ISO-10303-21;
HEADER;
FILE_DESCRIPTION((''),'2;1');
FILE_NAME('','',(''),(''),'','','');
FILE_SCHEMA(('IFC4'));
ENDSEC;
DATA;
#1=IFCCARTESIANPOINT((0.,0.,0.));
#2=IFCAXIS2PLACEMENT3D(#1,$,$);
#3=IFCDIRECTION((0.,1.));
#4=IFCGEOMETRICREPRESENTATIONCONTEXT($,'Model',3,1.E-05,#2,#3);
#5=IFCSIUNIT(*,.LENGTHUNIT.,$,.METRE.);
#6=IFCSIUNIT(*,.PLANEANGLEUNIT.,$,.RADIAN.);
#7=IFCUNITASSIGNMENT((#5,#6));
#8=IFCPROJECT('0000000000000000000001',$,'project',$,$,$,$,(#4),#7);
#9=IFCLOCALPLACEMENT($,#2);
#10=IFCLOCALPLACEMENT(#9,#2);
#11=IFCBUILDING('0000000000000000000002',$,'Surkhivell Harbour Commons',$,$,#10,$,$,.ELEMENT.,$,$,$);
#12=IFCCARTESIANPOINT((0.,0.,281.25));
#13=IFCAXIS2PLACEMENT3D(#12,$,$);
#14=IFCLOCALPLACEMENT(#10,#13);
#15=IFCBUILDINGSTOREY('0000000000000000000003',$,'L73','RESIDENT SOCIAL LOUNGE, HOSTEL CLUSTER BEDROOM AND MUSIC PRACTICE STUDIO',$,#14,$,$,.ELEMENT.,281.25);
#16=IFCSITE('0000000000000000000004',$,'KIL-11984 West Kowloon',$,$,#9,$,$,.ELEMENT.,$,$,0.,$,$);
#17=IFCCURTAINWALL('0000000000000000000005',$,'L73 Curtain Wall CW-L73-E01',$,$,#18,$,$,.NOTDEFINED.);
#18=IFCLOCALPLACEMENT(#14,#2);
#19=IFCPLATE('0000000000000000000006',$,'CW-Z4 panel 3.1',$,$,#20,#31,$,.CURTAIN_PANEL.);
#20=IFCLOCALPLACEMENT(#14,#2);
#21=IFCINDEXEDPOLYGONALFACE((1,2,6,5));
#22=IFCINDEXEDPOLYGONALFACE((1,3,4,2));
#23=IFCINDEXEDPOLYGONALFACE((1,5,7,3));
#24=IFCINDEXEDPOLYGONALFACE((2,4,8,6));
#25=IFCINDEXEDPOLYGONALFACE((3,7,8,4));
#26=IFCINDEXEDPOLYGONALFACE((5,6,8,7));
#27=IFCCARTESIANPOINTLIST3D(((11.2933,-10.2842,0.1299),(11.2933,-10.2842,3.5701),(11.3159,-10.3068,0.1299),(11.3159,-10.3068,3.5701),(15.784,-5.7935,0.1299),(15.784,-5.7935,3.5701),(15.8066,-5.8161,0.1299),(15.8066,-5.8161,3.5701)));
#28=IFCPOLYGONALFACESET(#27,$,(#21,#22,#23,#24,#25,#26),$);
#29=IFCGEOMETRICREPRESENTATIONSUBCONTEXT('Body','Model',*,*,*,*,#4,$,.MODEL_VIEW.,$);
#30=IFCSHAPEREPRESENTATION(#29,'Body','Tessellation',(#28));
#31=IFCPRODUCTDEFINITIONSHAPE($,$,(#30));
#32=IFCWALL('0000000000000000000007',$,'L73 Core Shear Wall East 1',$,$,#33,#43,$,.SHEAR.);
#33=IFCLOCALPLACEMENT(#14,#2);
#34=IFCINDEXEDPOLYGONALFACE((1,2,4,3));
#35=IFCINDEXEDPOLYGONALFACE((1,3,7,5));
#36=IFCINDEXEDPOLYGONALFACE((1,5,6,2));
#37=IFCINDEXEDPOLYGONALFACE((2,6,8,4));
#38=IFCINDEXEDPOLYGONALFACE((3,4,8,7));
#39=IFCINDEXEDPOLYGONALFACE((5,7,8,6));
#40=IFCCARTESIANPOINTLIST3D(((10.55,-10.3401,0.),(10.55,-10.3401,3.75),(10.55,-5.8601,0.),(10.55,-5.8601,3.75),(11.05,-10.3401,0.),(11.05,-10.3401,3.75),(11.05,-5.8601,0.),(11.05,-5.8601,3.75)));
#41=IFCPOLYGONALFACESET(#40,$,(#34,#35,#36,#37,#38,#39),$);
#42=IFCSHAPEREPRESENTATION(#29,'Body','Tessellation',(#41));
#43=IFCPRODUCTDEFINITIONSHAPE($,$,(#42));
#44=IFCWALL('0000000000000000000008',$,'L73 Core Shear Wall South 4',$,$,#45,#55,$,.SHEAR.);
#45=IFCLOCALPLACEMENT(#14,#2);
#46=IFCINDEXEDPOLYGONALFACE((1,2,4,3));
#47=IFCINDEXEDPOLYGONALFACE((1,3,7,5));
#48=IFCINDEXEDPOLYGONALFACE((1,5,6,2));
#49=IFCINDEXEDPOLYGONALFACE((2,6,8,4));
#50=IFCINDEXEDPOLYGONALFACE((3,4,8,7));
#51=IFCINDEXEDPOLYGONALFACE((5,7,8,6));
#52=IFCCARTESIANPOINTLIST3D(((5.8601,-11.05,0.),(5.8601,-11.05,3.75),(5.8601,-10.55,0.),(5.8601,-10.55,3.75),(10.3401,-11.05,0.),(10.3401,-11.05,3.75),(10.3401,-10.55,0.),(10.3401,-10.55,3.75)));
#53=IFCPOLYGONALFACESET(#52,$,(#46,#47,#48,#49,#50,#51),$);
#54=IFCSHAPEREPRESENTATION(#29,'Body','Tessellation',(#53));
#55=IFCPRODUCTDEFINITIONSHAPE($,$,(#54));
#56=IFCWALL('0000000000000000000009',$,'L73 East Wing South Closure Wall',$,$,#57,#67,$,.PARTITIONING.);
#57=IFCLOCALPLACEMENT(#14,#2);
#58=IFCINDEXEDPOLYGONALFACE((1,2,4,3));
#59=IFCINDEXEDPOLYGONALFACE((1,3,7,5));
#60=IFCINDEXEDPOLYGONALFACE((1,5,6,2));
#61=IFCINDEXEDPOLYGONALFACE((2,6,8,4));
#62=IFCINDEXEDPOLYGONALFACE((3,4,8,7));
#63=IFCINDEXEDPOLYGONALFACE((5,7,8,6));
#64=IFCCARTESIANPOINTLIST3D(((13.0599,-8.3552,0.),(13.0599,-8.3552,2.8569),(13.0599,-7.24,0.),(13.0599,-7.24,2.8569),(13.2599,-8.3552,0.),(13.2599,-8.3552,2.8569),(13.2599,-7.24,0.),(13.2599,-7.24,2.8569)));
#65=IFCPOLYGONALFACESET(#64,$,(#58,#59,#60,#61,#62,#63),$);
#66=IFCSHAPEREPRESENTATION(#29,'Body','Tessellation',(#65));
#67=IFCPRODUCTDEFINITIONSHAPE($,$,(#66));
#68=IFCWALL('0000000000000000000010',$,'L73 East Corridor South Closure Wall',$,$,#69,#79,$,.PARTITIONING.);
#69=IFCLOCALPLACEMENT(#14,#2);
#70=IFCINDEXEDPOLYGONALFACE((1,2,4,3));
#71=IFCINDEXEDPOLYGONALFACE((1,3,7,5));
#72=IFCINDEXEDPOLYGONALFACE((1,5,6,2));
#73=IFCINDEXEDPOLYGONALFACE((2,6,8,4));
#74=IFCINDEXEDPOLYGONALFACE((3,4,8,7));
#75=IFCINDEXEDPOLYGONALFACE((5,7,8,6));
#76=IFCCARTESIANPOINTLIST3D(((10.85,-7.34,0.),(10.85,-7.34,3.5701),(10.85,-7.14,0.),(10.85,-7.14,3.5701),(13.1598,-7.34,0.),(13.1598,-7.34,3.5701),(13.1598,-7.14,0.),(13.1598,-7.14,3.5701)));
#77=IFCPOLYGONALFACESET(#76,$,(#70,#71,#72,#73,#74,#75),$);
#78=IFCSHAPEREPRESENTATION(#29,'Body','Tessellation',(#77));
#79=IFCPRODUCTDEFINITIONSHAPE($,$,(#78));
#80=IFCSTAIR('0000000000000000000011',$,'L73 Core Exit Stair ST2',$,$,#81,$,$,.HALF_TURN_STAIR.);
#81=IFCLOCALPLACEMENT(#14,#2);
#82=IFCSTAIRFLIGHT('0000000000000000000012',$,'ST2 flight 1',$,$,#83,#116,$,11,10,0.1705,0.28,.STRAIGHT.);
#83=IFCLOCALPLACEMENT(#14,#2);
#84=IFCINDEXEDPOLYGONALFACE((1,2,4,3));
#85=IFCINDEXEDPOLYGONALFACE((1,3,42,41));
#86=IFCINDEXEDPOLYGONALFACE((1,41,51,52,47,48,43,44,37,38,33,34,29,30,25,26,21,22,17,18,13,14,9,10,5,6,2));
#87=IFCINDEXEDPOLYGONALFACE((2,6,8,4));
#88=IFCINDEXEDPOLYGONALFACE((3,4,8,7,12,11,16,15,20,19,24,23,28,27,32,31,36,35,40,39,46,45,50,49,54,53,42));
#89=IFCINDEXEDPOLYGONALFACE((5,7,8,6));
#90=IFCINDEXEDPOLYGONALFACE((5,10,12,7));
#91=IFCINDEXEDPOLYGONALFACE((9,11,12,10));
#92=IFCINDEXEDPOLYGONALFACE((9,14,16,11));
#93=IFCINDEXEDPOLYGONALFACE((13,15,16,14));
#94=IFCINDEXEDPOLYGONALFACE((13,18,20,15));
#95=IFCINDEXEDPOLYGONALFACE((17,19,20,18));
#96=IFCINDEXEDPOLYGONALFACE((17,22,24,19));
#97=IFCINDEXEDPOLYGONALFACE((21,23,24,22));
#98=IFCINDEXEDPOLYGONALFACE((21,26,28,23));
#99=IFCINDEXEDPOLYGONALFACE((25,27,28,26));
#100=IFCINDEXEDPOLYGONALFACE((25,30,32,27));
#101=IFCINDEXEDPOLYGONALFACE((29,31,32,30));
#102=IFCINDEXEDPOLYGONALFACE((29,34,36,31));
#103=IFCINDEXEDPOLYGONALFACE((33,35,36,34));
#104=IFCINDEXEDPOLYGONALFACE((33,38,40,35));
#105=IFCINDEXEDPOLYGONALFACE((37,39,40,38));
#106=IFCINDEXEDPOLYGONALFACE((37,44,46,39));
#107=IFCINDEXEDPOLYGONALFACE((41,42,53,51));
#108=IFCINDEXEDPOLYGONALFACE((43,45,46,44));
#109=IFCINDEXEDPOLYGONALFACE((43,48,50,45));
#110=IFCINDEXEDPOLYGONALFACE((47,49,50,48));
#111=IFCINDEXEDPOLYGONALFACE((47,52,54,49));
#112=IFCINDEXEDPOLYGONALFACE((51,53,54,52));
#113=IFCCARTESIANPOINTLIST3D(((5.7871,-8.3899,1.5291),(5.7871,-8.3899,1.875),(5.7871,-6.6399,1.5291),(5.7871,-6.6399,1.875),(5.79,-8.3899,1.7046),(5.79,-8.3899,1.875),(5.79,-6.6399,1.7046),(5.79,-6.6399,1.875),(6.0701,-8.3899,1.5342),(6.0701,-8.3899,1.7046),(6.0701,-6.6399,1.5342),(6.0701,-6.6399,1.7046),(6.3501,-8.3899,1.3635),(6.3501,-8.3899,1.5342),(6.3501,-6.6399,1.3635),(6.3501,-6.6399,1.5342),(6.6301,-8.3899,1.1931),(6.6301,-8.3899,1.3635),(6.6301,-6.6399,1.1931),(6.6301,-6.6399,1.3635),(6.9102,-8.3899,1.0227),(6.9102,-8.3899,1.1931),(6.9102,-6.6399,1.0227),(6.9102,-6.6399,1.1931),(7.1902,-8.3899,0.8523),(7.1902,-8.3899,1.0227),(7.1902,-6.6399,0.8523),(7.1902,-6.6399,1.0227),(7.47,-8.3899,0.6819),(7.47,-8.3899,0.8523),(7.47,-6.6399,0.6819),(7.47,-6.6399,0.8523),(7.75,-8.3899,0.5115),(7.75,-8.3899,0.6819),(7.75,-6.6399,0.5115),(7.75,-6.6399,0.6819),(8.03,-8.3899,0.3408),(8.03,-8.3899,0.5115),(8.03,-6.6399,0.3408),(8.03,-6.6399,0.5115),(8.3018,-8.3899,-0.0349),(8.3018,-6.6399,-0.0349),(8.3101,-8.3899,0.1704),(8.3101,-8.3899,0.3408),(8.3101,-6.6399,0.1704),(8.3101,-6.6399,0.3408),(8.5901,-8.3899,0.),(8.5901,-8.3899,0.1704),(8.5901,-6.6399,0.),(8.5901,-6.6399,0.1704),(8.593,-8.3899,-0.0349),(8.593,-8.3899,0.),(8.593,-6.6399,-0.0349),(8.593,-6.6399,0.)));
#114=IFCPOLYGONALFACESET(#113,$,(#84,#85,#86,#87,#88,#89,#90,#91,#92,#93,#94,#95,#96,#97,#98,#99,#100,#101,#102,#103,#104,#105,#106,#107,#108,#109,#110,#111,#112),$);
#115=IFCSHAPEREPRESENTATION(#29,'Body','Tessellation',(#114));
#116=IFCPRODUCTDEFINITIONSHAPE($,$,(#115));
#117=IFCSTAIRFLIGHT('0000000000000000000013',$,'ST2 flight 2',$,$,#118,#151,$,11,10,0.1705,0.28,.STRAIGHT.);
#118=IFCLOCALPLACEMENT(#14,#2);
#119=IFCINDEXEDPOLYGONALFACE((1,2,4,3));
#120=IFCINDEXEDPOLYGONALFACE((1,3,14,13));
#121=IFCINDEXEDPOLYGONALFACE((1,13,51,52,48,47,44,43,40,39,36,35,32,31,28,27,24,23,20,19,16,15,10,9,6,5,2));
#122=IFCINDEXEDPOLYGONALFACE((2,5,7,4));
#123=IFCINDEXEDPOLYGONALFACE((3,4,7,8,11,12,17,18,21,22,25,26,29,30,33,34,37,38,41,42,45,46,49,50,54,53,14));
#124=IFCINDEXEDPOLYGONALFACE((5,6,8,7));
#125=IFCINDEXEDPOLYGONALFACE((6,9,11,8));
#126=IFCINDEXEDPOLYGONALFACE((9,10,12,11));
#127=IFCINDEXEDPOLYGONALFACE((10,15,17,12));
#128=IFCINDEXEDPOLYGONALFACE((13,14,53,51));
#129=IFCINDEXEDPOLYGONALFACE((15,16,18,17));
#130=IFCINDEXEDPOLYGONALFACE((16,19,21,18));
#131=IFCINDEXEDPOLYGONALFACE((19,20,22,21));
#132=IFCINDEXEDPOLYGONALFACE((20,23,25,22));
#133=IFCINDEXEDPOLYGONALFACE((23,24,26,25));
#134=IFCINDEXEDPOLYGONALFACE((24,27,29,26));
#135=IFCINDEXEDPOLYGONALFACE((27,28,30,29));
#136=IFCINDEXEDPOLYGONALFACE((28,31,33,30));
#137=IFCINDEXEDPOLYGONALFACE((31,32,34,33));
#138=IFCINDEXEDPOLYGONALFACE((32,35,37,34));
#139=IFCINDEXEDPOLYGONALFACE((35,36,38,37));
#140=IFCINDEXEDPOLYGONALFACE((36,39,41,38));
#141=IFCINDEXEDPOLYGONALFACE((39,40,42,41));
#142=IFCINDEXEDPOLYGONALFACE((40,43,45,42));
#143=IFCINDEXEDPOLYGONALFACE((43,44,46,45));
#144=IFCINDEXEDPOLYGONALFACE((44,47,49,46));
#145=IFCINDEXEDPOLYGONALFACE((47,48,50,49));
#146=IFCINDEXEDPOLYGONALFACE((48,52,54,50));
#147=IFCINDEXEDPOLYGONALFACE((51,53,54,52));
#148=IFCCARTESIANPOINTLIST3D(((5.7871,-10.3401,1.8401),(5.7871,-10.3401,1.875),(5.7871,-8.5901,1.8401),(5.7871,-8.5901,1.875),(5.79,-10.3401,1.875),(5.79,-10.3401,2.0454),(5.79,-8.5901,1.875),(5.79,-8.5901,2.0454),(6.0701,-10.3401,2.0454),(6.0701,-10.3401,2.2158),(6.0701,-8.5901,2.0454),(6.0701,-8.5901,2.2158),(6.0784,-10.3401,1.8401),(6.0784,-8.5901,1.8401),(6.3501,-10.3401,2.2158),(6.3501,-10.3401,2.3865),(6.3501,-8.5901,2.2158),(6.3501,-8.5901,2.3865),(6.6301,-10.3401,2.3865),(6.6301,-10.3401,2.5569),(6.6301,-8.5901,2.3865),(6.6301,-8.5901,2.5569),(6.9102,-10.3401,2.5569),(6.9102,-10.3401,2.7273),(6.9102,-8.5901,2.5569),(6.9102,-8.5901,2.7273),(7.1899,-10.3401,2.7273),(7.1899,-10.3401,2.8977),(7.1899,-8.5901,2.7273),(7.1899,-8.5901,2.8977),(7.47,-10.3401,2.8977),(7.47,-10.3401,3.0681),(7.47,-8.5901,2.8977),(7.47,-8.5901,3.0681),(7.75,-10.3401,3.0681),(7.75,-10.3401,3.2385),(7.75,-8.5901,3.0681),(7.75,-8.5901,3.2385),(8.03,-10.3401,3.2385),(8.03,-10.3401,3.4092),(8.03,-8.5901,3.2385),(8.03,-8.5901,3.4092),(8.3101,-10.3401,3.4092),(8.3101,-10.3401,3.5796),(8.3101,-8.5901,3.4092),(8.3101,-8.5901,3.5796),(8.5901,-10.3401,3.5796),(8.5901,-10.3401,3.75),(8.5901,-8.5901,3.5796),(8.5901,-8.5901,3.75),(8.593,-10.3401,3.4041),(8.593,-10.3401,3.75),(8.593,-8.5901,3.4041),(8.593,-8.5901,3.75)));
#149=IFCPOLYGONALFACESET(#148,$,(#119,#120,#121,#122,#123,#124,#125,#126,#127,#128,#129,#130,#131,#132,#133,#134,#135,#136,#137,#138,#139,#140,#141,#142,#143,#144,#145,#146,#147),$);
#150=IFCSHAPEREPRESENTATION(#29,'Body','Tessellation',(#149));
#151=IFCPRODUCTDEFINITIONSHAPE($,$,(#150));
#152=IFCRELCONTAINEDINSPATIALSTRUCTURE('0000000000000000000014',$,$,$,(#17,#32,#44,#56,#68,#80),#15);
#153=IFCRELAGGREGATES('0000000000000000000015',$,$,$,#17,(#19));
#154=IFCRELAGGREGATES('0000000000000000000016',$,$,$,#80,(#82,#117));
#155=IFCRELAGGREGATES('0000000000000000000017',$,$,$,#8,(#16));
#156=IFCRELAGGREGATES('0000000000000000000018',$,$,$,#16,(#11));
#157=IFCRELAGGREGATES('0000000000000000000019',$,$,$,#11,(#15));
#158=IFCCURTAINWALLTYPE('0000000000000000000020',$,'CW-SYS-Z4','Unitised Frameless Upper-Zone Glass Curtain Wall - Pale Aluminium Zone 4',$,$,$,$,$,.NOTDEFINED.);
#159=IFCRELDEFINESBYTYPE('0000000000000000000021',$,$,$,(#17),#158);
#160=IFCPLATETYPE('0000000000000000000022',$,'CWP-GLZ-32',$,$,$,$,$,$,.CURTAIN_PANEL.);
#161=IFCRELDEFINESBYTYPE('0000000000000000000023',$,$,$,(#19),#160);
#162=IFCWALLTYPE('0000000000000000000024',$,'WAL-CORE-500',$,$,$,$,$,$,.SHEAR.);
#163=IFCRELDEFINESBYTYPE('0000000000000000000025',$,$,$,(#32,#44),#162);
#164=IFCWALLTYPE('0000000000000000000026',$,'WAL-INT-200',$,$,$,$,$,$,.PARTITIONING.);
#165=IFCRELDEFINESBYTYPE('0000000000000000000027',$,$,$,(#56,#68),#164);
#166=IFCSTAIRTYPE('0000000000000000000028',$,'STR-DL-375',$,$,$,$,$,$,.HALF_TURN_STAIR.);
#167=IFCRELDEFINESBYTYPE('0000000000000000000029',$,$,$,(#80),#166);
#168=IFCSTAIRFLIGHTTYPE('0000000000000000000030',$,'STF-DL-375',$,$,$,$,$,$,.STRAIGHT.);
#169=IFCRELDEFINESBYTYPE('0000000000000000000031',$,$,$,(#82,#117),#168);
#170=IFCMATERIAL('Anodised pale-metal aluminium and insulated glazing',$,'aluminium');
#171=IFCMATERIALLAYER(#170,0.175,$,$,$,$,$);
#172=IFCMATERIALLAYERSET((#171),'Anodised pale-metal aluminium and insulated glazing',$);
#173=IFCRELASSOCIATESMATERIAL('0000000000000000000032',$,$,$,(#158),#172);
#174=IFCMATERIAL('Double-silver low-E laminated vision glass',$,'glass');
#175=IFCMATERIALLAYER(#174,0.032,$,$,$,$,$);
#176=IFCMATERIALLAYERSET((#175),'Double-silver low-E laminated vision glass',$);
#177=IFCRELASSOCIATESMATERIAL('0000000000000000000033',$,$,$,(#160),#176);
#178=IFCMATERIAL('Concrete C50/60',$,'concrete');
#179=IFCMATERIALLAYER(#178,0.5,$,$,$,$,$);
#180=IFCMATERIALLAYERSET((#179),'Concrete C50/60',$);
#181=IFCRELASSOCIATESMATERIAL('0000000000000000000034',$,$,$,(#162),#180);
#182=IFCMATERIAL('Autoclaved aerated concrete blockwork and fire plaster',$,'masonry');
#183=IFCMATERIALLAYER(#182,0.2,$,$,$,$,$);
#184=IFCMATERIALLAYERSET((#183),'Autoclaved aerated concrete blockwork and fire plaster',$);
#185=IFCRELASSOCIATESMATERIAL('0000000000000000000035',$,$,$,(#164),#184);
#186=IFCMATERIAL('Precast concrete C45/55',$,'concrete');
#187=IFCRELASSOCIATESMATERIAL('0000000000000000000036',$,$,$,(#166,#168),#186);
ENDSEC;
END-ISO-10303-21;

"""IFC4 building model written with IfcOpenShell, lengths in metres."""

from ifc_helpers import new_model, si_unit, direction, frame, frame_2d, origin, place, context, subcontext, project, spatial, polyline, rectangle, outline, extrude, material, layer, layer_set, type_object, element, aggregate, save


model = new_model("IFC4")

# Units and contexts
model_context = context("Model", 3, precision=1e-05, world=origin(), true_north=direction((0.0, 1.0)))
body_context = subcontext(model_context, "Body", "Model", "MODEL_VIEW")
ifc_project = project(units=[si_unit("LENGTHUNIT", "METRE"), si_unit("PLANEANGLEUNIT", "RADIAN")], contexts=[model_context])

# Site, building, storey
site_placement = place(None, origin())
site = spatial("IfcSite", under=ifc_project, at=site_placement, Name="KIL-11984 West Kowloon", CompositionType="ELEMENT", RefElevation=0.0)
building_placement = place(site_placement, origin())
building = spatial("IfcBuilding", under=site, at=building_placement, Name="Surkhivell Harbour Commons", CompositionType="ELEMENT")
storey_placement = place(building_placement, frame((0.0, 0.0, 281.25)))
storey = spatial("IfcBuildingStorey", under=building, at=storey_placement, Name="L73", Description="RESIDENT SOCIAL LOUNGE, HOSTEL CLUSTER BEDROOM AND MUSIC PRACTICE STUDIO", CompositionType="ELEMENT", Elevation=281.25)

# Curtain wall, plate
ifc_material_1 = material(Name="Anodised pale-metal aluminium and insulated glazing", Category="aluminium")
ifc_layer_1 = layer(ifc_material_1, 0.175)
ifc_layer_set_1 = layer_set([ifc_layer_1], Name="Anodised pale-metal aluminium and insulated glazing")
curtain_wall_type = type_object("IfcCurtainWallType", Name="CW-SYS-Z4", Description="Unitised Frameless Upper-Zone Glass Curtain Wall - Pale Aluminium Zone 4", PredefinedType="NOTDEFINED", material=ifc_layer_set_1)
curtain_wall_placement = place(storey_placement, origin())
curtain_wall = element("IfcCurtainWall", 1, at=curtain_wall_placement, inside=storey, type_object=curtain_wall_type, Name="L73 Curtain Wall CW-L73-E01", PredefinedType="NOTDEFINED")
ifc_material_2 = material(Name="Double-silver low-E laminated vision glass", Category="glass")
ifc_layer_2 = layer(ifc_material_2, 0.032)
ifc_layer_set_2 = layer_set([ifc_layer_2], Name="Double-silver low-E laminated vision glass")
plate_type = type_object("IfcPlateType", Name="CWP-GLZ-32", PredefinedType="CURTAIN_PANEL", material=ifc_layer_set_2)
plate_1_placement = place(storey_placement, frame((11.3047, -10.2954, 0.1299), z_axis=(0.0, 0.0, 1.0), x_axis=(0.707107, 0.707107, 0.0)))
plate_1 = element("IfcPlate", 2, at=plate_1_placement, type_object=plate_type, Name="CW-Z4 panel 3.1", PredefinedType="CURTAIN_PANEL", context=body_context, shape_type="SweptSolid", body=[
    extrude(rectangle(XDim=6.3508, YDim=0.032, at=frame_2d((3.1753, 0.0))), origin(), (0.0, 0.0, 1.0), 3.4402),
])
aggregate(curtain_wall, [plate_1])

# Walls
ifc_material_3 = material(Name="Concrete C50/60", Category="concrete")
ifc_layer_3 = layer(ifc_material_3, 0.5)
ifc_layer_set_3 = layer_set([ifc_layer_3], Name="Concrete C50/60")
wall_type_1 = type_object("IfcWallType", Name="WAL-CORE-500", PredefinedType="SHEAR", material=ifc_layer_set_3)
for number, where, z_axis, x_axis, name in (
    (3, (10.8, -10.3401, 0.0), (0.0, 0.0, 1.0), (0.0, 1.0, 0.0), "L73 Core Shear Wall East 1"),
    (4, (5.8601, -10.8, 0.0), (0.0, 0.0, 1.0), (1.0, 0.0, 0.0), "L73 Core Shear Wall South 4"),
):
    element("IfcWall", number, at=place(storey_placement, frame(where, z_axis=z_axis, x_axis=x_axis)), inside=storey, type_object=wall_type_1, Name=name, PredefinedType="SHEAR", context=body_context, shape_type="SweptSolid", body=[
        extrude(rectangle(XDim=4.48, YDim=0.5, at=frame_2d((2.24, 0.0))), origin(), (0.0, 0.0, 1.0), 3.75),
    ])
ifc_material_4 = material(Name="Autoclaved aerated concrete blockwork and fire plaster", Category="masonry")
ifc_layer_4 = layer(ifc_material_4, 0.2)
ifc_layer_set_4 = layer_set([ifc_layer_4], Name="Autoclaved aerated concrete blockwork and fire plaster")
wall_type_2 = type_object("IfcWallType", Name="WAL-INT-200", PredefinedType="PARTITIONING", material=ifc_layer_set_4)
wall_1_placement = place(storey_placement, frame((13.1599, -8.3552, 0.0), z_axis=(0.0, 0.0, 1.0), x_axis=(0.0, 1.0, 0.0)))
element("IfcWall", 5, at=wall_1_placement, inside=storey, type_object=wall_type_2, Name="L73 East Wing South Closure Wall", PredefinedType="PARTITIONING", context=body_context, shape_type="SweptSolid", body=[
    extrude(rectangle(XDim=1.1152, YDim=0.2, at=frame_2d((0.5576, 0.0))), origin(), (0.0, 0.0, 1.0), 2.8569),
])
wall_2_placement = place(storey_placement, frame((10.8501, -7.24, 0.0), z_axis=(0.0, 0.0, 1.0), x_axis=(1.0, 0.0, 0.0)))
element("IfcWall", 6, at=wall_2_placement, inside=storey, type_object=wall_type_2, Name="L73 East Corridor South Closure Wall", PredefinedType="PARTITIONING", context=body_context, shape_type="SweptSolid", body=[
    extrude(rectangle(XDim=2.3098, YDim=0.2, at=frame_2d((1.1548, 0.0))), origin(), (0.0, 0.0, 1.0), 3.5701),
])

# Stair, stair flights
ifc_material_5 = material(Name="Precast concrete C45/55", Category="concrete")
stair_type = type_object("IfcStairType", Name="STR-DL-375", PredefinedType="HALF_TURN_STAIR", material=ifc_material_5)
stair_placement = place(storey_placement, origin())
stair = element("IfcStair", 7, at=stair_placement, inside=storey, type_object=stair_type, Name="L73 Core Exit Stair ST2", PredefinedType="HALF_TURN_STAIR")
stair_flight_type = type_object("IfcStairFlightType", Name="STF-DL-375", PredefinedType="STRAIGHT", material=ifc_material_5)
stair_flight_1_placement = place(storey_placement, frame((8.5901, -7.5149, 0.0), z_axis=(0.0, 0.0, 1.0), x_axis=(-1.0, 0.0, 0.0)))
stair_flight_1 = element("IfcStairFlight", 8, at=stair_flight_1_placement, type_object=stair_flight_type, Name="ST2 flight 1", NumberOfRisers=11, NumberOfTreads=10, PredefinedType="STRAIGHT", RiserHeight=0.1705, TreadLength=0.28, context=body_context, shape_type="SweptSolid", body=[
    extrude(outline(polyline([(-0.0029, -0.0349), (-0.0029, 0.0), (0.0, 0.0), (0.0, 0.1704), (0.28, 0.1704), (0.28, 0.3408), (0.5601, 0.3408), (0.5601, 0.5115), (0.8401, 0.5115), (0.8401, 0.6819), (1.1201, 0.6819), (1.1201, 0.8523), (1.3999, 0.8523), (1.3999, 1.0227), (1.6799, 1.0227), (1.6799, 1.1931), (1.96, 1.1931), (1.96, 1.3635), (2.24, 1.3635), (2.24, 1.5342), (2.52, 1.5342), (2.52, 1.7046), (2.8, 1.7046), (2.8, 1.875), (2.803, 1.875), (2.803, 1.5291), (0.2883, -0.0349), (-0.0029, -0.0349)])), frame((0.0, 0.875, 0.0), z_axis=(0.0, -1.0, 0.0), x_axis=(1.0, 0.0, 0.0)), (0.0, 0.0, 1.0), 1.75),
])
stair_flight_2_placement = place(storey_placement, frame((5.79, -9.4651, 1.875), z_axis=(0.0, 0.0, 1.0), x_axis=(1.0, 0.0, 0.0)))
stair_flight_2 = element("IfcStairFlight", 9, at=stair_flight_2_placement, type_object=stair_flight_type, Name="ST2 flight 2", NumberOfRisers=11, NumberOfTreads=10, PredefinedType="STRAIGHT", RiserHeight=0.1705, TreadLength=0.28, context=body_context, shape_type="SweptSolid", body=[
    extrude(outline(polyline([(-0.0029, -0.0349), (-0.0029, 0.0), (0.0, 0.0), (0.0, 0.1704), (0.28, 0.1704), (0.28, 0.3408), (0.5601, 0.3408), (0.5601, 0.5115), (0.8401, 0.5115), (0.8401, 0.6819), (1.1201, 0.6819), (1.1201, 0.8523), (1.3999, 0.8523), (1.3999, 1.0227), (1.6799, 1.0227), (1.6799, 1.1931), (1.96, 1.1931), (1.96, 1.3635), (2.24, 1.3635), (2.24, 1.5342), (2.52, 1.5342), (2.52, 1.7046), (2.8, 1.7046), (2.8, 1.875), (2.803, 1.875), (2.803, 1.5291), (0.2883, -0.0349), (-0.0029, -0.0349)])), frame((0.0, 0.875, 0.0), z_axis=(0.0, -1.0, 0.0), x_axis=(1.0, 0.0, 0.0)), (0.0, 0.0, 1.0), 1.75),
])
aggregate(stair, [stair_flight_1, stair_flight_2])

save(model, "model.ifc")
